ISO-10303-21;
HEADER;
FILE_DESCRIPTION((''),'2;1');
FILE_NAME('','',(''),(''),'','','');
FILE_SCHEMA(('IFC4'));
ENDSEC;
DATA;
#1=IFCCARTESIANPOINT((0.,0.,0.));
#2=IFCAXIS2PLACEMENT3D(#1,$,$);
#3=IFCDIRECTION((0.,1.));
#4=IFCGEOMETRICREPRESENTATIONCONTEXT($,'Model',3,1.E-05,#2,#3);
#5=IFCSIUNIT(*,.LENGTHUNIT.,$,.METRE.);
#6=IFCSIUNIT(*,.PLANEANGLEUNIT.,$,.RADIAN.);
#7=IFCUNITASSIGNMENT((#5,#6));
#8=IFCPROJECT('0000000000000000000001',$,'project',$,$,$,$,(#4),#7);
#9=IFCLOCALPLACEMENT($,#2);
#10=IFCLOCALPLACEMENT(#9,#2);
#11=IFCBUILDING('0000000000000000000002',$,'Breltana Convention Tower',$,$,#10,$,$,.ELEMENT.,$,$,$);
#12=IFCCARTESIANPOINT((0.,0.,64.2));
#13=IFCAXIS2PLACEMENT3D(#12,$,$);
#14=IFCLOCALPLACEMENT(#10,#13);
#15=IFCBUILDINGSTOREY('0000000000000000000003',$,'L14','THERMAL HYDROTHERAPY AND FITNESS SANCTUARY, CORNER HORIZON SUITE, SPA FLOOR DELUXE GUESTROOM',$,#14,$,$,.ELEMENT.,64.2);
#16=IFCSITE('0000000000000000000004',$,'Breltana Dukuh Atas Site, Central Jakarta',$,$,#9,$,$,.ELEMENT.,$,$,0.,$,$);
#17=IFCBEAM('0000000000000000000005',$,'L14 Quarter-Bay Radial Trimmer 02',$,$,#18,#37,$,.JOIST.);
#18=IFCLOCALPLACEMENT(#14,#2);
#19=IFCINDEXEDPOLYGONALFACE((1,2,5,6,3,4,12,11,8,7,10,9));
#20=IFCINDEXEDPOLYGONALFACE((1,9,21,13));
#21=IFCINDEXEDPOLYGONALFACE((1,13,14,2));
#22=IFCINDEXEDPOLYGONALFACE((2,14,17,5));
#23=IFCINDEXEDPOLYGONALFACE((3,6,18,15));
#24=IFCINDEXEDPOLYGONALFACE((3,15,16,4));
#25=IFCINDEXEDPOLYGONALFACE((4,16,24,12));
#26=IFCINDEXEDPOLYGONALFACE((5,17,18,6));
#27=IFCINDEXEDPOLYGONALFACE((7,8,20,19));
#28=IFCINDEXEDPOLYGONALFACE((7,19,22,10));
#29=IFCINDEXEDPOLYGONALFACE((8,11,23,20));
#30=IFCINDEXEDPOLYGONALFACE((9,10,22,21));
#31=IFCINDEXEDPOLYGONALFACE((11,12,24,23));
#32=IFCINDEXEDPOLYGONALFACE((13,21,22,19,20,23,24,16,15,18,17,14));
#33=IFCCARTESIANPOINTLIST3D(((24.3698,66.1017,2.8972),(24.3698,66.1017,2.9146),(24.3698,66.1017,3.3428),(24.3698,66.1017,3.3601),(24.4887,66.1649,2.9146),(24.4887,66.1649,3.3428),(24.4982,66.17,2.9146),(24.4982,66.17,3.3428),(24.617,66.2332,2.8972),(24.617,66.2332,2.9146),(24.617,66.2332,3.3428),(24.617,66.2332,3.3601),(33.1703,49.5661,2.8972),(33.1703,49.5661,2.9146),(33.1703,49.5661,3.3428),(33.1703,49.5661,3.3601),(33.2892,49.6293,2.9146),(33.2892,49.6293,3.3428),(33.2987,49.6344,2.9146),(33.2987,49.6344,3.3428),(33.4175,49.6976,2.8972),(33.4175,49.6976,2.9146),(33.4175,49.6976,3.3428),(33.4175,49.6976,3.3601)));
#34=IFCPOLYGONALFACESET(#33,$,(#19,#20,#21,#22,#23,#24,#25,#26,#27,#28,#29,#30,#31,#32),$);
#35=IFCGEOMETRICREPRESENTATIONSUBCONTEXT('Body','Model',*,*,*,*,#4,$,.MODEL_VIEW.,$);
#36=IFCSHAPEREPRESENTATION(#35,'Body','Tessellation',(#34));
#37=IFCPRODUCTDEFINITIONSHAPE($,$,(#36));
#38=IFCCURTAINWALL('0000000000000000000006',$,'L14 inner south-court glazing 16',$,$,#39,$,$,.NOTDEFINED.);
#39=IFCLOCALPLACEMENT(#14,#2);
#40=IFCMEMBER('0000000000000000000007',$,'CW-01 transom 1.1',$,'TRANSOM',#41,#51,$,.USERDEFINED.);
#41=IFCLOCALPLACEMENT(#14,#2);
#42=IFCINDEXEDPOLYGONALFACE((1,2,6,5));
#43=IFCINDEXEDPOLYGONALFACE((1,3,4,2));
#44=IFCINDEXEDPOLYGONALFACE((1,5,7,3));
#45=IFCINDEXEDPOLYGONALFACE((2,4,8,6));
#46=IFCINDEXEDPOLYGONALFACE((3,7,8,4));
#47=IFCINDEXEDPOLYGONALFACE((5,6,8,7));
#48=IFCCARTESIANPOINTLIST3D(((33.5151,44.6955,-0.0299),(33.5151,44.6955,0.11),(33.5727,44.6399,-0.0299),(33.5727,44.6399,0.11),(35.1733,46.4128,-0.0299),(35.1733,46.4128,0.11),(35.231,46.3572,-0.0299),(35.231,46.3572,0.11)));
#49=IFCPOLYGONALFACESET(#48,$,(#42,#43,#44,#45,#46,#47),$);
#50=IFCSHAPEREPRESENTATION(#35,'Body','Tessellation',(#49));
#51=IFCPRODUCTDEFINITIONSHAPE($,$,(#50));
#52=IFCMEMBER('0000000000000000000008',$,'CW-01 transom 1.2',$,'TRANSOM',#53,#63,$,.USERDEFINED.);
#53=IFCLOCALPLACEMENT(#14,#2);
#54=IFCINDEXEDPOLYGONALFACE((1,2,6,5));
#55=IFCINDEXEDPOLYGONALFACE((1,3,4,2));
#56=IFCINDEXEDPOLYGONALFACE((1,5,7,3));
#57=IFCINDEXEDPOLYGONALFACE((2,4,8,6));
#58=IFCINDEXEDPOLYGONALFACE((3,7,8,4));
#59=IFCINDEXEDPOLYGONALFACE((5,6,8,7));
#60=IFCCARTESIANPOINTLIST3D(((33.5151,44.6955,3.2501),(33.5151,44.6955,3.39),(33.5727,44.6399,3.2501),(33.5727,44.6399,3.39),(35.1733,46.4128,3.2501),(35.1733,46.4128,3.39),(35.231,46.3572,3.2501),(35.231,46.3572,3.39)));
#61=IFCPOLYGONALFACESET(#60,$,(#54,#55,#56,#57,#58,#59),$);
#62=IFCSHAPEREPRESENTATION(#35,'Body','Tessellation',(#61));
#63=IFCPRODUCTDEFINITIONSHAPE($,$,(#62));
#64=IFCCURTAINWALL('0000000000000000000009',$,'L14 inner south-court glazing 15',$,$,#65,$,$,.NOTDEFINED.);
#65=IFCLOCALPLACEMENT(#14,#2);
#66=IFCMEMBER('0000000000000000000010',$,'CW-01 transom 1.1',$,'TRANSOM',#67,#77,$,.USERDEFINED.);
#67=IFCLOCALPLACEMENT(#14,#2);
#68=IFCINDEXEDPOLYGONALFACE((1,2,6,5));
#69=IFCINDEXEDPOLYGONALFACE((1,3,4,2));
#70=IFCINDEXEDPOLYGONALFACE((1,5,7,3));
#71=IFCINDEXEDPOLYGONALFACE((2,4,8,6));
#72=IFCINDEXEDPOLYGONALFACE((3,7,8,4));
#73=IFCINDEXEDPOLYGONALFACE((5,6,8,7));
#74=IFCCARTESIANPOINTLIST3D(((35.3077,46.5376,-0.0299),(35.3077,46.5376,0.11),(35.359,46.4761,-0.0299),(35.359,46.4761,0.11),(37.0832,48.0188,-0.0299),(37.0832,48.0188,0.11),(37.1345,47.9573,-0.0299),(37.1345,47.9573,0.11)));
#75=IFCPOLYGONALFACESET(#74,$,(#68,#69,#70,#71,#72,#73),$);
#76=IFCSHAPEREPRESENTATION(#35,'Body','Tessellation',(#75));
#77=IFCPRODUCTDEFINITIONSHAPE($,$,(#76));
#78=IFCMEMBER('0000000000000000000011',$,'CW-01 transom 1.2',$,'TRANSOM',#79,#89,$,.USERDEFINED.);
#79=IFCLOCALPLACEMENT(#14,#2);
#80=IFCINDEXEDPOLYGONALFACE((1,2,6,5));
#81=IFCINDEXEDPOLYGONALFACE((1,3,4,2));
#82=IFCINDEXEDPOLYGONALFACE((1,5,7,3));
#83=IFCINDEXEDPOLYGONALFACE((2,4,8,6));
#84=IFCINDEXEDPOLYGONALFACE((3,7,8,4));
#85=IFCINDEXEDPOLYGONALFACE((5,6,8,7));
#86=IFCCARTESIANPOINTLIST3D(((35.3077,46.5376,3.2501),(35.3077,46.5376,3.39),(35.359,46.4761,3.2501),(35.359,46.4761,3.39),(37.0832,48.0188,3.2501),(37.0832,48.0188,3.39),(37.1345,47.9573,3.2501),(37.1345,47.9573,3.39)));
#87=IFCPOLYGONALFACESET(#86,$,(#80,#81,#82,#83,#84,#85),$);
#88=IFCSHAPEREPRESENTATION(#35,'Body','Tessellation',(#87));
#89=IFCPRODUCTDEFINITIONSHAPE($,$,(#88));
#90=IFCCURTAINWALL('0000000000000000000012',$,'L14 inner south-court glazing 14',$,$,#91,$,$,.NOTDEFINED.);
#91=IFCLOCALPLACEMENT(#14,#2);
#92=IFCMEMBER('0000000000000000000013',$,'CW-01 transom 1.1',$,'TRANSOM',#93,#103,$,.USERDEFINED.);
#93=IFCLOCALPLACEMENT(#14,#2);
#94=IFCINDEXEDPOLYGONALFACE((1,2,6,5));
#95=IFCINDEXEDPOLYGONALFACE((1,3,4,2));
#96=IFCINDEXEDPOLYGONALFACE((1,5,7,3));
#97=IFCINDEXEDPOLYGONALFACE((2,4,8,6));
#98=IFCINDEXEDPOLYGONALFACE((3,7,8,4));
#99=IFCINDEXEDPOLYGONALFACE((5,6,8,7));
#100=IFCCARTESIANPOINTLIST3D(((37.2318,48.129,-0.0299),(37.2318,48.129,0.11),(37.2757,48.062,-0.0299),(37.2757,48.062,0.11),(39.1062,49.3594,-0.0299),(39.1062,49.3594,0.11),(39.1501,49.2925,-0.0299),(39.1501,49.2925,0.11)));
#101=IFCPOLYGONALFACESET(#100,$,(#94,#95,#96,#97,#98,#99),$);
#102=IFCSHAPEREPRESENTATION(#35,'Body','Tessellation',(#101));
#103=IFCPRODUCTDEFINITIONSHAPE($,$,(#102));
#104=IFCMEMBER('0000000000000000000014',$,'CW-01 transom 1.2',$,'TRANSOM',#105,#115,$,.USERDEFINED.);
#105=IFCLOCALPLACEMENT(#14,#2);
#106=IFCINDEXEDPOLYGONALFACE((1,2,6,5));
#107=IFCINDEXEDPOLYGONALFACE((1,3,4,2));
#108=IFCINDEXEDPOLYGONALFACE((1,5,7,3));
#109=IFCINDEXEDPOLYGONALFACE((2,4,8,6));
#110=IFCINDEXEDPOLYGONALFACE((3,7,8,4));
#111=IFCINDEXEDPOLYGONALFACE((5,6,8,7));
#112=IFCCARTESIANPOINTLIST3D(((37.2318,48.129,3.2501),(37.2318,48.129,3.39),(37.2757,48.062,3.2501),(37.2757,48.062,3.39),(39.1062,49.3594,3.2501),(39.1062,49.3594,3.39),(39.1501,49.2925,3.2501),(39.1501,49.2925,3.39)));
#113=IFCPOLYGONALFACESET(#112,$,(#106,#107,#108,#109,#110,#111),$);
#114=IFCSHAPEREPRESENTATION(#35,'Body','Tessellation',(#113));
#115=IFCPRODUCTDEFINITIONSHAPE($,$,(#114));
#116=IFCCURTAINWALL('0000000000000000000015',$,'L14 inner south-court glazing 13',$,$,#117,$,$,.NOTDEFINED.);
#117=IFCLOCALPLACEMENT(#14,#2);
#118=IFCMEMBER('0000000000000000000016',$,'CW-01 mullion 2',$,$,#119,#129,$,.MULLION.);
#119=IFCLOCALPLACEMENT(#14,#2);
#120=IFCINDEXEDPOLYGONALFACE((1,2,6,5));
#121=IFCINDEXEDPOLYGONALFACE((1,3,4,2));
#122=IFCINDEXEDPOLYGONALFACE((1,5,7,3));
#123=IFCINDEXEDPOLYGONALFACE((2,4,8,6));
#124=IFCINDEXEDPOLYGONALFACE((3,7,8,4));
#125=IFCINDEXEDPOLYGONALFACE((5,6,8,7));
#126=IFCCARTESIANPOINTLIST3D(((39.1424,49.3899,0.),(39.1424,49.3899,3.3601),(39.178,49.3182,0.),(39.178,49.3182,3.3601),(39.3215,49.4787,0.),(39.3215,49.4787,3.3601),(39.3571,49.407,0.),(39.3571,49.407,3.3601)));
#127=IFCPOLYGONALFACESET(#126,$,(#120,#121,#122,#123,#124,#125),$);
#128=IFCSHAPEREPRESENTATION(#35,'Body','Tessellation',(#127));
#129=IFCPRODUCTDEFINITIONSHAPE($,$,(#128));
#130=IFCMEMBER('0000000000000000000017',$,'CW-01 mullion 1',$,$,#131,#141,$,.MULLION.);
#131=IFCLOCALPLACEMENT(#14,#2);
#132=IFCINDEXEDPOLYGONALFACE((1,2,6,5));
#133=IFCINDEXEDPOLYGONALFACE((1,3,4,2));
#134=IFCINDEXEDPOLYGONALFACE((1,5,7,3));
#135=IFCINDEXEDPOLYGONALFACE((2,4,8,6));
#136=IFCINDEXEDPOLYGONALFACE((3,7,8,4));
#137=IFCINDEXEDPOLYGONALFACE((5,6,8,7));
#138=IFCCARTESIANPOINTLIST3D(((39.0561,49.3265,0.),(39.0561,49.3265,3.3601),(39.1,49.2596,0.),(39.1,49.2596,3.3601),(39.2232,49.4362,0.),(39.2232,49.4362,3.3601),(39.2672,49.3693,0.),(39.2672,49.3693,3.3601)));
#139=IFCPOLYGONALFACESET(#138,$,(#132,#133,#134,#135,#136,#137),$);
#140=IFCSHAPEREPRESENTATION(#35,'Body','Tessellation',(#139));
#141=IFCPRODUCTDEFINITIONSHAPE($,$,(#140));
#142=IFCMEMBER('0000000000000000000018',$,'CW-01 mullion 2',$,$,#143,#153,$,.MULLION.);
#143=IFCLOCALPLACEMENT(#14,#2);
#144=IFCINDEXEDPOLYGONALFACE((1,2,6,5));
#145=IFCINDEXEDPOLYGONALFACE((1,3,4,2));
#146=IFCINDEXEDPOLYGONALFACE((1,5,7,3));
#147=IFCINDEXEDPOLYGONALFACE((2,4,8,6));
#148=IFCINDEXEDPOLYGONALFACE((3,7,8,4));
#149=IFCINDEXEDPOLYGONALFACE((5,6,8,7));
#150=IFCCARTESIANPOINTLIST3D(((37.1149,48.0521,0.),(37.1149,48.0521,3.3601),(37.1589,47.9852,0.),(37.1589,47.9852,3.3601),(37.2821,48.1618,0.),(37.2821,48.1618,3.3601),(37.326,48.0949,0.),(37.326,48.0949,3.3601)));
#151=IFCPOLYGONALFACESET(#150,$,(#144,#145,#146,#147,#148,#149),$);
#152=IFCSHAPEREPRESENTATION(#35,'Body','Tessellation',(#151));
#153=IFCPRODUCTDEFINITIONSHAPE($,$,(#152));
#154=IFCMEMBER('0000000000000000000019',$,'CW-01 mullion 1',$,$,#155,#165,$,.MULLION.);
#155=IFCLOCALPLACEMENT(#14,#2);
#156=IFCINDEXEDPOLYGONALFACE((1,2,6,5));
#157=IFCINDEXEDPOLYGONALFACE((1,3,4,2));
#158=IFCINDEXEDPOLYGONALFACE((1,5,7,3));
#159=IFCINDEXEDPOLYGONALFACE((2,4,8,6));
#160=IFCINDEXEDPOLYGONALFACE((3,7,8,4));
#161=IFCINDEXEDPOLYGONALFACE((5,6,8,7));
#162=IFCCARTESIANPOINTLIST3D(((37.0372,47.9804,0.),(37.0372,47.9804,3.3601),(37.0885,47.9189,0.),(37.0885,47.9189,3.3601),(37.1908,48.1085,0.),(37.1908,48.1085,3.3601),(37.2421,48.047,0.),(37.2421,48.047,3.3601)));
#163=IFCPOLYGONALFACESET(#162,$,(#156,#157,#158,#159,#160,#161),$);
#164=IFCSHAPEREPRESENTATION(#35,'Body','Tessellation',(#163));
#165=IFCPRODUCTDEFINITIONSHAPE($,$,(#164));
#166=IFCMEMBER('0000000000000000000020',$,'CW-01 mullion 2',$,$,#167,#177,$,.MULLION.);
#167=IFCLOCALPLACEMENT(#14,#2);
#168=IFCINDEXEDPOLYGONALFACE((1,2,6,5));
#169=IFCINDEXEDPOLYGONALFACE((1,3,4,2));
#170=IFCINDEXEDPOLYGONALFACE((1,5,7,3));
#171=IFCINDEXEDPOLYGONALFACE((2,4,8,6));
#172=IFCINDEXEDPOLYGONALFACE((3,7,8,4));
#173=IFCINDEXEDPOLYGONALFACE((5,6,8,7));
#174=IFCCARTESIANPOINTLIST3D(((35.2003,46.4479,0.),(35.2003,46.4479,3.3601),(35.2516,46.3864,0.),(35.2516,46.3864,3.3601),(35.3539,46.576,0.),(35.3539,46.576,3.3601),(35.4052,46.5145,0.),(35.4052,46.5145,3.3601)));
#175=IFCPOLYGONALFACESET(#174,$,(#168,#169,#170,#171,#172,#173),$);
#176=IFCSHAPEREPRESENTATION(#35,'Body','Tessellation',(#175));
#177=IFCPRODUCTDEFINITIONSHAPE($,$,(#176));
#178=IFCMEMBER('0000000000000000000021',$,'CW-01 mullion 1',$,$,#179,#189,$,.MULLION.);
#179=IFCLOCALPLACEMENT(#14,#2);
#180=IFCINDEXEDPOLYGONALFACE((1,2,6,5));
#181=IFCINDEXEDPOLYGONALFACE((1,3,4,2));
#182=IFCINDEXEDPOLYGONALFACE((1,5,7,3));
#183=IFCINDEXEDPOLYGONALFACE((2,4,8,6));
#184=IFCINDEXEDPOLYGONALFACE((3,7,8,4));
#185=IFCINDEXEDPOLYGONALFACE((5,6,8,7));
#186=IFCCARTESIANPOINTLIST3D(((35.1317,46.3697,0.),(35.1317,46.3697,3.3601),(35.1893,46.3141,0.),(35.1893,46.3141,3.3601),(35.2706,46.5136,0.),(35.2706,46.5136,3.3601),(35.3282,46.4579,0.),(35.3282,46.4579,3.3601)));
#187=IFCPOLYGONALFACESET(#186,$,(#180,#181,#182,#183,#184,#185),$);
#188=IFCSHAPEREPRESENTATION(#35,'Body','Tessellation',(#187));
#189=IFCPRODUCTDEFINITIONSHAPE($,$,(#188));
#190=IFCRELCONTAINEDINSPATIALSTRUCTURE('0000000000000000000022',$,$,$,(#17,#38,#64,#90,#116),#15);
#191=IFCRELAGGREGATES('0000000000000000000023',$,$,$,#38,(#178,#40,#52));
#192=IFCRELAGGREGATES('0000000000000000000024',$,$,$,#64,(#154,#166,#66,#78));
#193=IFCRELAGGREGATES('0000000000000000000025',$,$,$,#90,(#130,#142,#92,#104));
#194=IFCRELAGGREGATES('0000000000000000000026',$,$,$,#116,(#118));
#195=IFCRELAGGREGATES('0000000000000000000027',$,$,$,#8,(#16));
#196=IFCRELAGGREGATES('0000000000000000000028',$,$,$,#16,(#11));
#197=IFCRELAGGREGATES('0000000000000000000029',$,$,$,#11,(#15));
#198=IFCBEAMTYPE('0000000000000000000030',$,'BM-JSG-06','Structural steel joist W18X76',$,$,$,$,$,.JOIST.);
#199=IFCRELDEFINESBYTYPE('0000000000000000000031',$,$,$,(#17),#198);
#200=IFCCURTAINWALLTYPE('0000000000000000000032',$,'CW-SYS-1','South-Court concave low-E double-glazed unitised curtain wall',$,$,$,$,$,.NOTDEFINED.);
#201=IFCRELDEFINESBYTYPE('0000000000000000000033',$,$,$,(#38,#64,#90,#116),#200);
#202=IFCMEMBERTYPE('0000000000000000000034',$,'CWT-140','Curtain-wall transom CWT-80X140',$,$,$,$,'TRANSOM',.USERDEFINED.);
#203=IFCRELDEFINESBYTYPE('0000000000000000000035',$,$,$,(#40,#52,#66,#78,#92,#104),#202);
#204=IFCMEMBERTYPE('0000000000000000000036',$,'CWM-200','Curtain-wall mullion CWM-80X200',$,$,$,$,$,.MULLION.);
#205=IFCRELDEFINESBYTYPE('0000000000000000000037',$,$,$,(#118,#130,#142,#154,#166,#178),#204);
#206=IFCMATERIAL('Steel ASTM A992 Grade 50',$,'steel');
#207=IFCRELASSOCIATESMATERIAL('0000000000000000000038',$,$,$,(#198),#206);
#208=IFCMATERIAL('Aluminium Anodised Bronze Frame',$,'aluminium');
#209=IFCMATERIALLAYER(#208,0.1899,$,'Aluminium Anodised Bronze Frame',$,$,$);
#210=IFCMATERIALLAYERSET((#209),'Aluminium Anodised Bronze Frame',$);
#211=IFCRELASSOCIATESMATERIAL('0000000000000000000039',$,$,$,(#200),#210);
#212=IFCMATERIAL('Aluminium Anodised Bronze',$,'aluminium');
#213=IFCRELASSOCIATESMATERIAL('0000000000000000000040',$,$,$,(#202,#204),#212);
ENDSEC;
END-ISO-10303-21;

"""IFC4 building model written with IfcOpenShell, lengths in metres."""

from ifc_helpers import new_model, si_unit, direction, frame, origin, origin_2d, place, context, subcontext, project, spatial, rectangle, i_section, extrude, source, transform, mapped, material, layer, layer_set, material_profile, profile_set, type_object, type_shapes, element, aggregate, save


model = new_model("IFC4")

# Units and contexts
model_context = context("Model", 3, precision=1e-05, world=origin(), true_north=direction((0.0, 1.0)))
body_context = subcontext(model_context, "Body", "Model", "MODEL_VIEW")
ifc_project = project(units=[si_unit("LENGTHUNIT", "METRE"), si_unit("PLANEANGLEUNIT", "RADIAN")], contexts=[model_context])

# Site, building, storey
site_placement = place(None, origin())
site = spatial("IfcSite", under=ifc_project, at=site_placement, Name="Breltana Dukuh Atas Site, Central Jakarta", CompositionType="ELEMENT", RefElevation=0.0)
building_placement = place(site_placement, origin())
building = spatial("IfcBuilding", under=site, at=building_placement, Name="Breltana Convention Tower", CompositionType="ELEMENT")
storey_placement = place(building_placement, frame((0.0, 0.0, 64.2)))
storey = spatial("IfcBuildingStorey", under=building, at=storey_placement, Name="L14", Description="THERMAL HYDROTHERAPY AND FITNESS SANCTUARY, CORNER HORIZON SUITE, SPA FLOOR DELUXE GUESTROOM", CompositionType="ELEMENT", Elevation=64.2)

# Beam
ifc_material_1 = material(Name="Steel ASTM A992 Grade 50", Category="steel")
ifc_material_profile_1 = material_profile(ifc_material_1, i_section(OverallWidth=0.28, OverallDepth=0.4629, WebThickness=0.0107, FlangeThickness=0.0173, at=origin_2d()), Name="W18X76")
ifc_profile_set_1 = profile_set([ifc_material_profile_1], Name="Steel ASTM A992 Grade 50")
beam_type_1 = type_object("IfcBeamType", Name="BM-JSG-06", Description="Structural steel joist W18X76", PredefinedType="JOIST", material=ifc_profile_set_1)
shared_shape_1 = source(origin(), body_context, "Body", "SweptSolid", [
    extrude(i_section(OverallWidth=0.28, OverallDepth=0.4629, WebThickness=0.0107, FlangeThickness=0.0173, at=origin_2d()), origin(), (0.0, 0.0, 1.0), 18.7317),
])
beam_1_placement = place(storey_placement, frame((33.2939, 49.6318, 3.1287), z_axis=(-0.46982, 0.882762, 0.0), x_axis=(-0.882762, -0.46982, 0.0)))
element("IfcBeam", 1, at=beam_1_placement, inside=storey, type_object=beam_type_1, Name="L14 Quarter-Bay Radial Trimmer 02", PredefinedType="JOIST", context=body_context, shape_type="MappedRepresentation", body=[
    mapped(shared_shape_1, transform((0.0, 0.0, 0.0), scale=1.0)),
])

# Curtain walls, members
ifc_material_2 = material(Name="Aluminium Anodised Bronze Frame", Category="aluminium")
ifc_layer_1 = layer(ifc_material_2, 0.1899, Name="Aluminium Anodised Bronze Frame")
ifc_layer_set_1 = layer_set([ifc_layer_1], Name="Aluminium Anodised Bronze Frame")
curtain_wall_type = type_object("IfcCurtainWallType", Name="CW-SYS-1", Description="South-Court concave low-E double-glazed unitised curtain wall", PredefinedType="NOTDEFINED", material=ifc_layer_set_1)
curtain_wall_1_placement = place(storey_placement, origin())
curtain_wall_1 = element("IfcCurtainWall", 2, at=curtain_wall_1_placement, inside=storey, type_object=curtain_wall_type, Name="L14 inner south-court glazing 16", PredefinedType="NOTDEFINED")
ifc_material_3 = material(Name="Aluminium Anodised Bronze", Category="aluminium")
ifc_material_profile_2 = material_profile(ifc_material_3, rectangle(XDim=0.0801, YDim=0.1399, at=origin_2d()), Name="CWT-80X140")
ifc_profile_set_2 = profile_set([ifc_material_profile_2], Name="Aluminium Anodised Bronze")
member_type_1 = type_object("IfcMemberType", Name="CWT-140", Description="Curtain-wall transom CWT-80X140", ElementType="TRANSOM", PredefinedType="USERDEFINED", material=ifc_profile_set_2)
shared_shape_2 = source(origin(), body_context, "Body", "SweptSolid", [
    extrude(rectangle(XDim=0.0801, YDim=0.1399, at=origin_2d()), origin(), (0.0, 0.0, 1.0), 2.3872),
])
type_shapes(member_type_1, [shared_shape_2])
member_1_placement = place(storey_placement, frame((35.2021, 46.385, 0.04), z_axis=(-0.694624, -0.719373, 0.0), x_axis=(0.719373, -0.694624, 0.0)))
member_1 = element("IfcMember", 3, at=member_1_placement, type_object=member_type_1, Name="CW-01 transom 1.1", ObjectType="TRANSOM", PredefinedType="USERDEFINED", context=body_context, shape_type="MappedRepresentation", body=[
    mapped(shared_shape_2, transform((0.0, 0.0, 0.0), scale=1.0)),
])
member_2_placement = place(storey_placement, frame((35.2021, 46.385, 3.3201), z_axis=(-0.694624, -0.719373, 0.0), x_axis=(0.719373, -0.694624, 0.0)))
member_2 = element("IfcMember", 4, at=member_2_placement, type_object=member_type_1, Name="CW-01 transom 1.2", ObjectType="TRANSOM", PredefinedType="USERDEFINED", context=body_context, shape_type="MappedRepresentation", body=[
    mapped(shared_shape_2, transform((0.0, 0.0, 0.0), scale=1.0)),
])
curtain_wall_2_placement = place(storey_placement, origin())
curtain_wall_2 = element("IfcCurtainWall", 5, at=curtain_wall_2_placement, inside=storey, type_object=curtain_wall_type, Name="L14 inner south-court glazing 15", PredefinedType="NOTDEFINED")
shared_shape_3 = source(origin(), body_context, "Body", "SweptSolid", [
    extrude(rectangle(XDim=0.0801, YDim=0.1399, at=origin_2d()), origin(), (0.0, 0.0, 1.0), 2.3123),
])
member_3_placement = place(storey_placement, frame((37.1089, 47.988, 0.04), z_axis=(-0.767901, -0.640569, 0.0), x_axis=(0.640569, -0.767901, 0.0)))
member_3 = element("IfcMember", 6, at=member_3_placement, type_object=member_type_1, Name="CW-01 transom 1.1", ObjectType="TRANSOM", PredefinedType="USERDEFINED", context=body_context, shape_type="MappedRepresentation", body=[
    mapped(shared_shape_3, transform((0.0, 0.0, 0.0), scale=1.0)),
])
member_4_placement = place(storey_placement, frame((37.1089, 47.988, 3.3201), z_axis=(-0.767901, -0.640569, 0.0), x_axis=(0.640569, -0.767901, 0.0)))
member_4 = element("IfcMember", 7, at=member_4_placement, type_object=member_type_1, Name="CW-01 transom 1.2", ObjectType="TRANSOM", PredefinedType="USERDEFINED", context=body_context, shape_type="MappedRepresentation", body=[
    mapped(shared_shape_3, transform((0.0, 0.0, 0.0), scale=1.0)),
])
curtain_wall_3_placement = place(storey_placement, origin())
curtain_wall_3 = element("IfcCurtainWall", 8, at=curtain_wall_3_placement, inside=storey, type_object=curtain_wall_type, Name="L14 inner south-court glazing 14", PredefinedType="NOTDEFINED")
shared_shape_4 = source(origin(), body_context, "Body", "SweptSolid", [
    extrude(rectangle(XDim=0.0801, YDim=0.1399, at=origin_2d()), origin(), (0.0, 0.0, 1.0), 2.2422),
])
member_5_placement = place(storey_placement, frame((39.1282, 49.3259, 0.04), z_axis=(-0.835982, -0.548756, 0.0), x_axis=(0.548756, -0.835982, 0.0)))
member_5 = element("IfcMember", 9, at=member_5_placement, type_object=member_type_1, Name="CW-01 transom 1.1", ObjectType="TRANSOM", PredefinedType="USERDEFINED", context=body_context, shape_type="MappedRepresentation", body=[
    mapped(shared_shape_4, transform((0.0, 0.0, 0.0), scale=1.0)),
])
member_6_placement = place(storey_placement, frame((39.1282, 49.3259, 3.3201), z_axis=(-0.835982, -0.548756, 0.0), x_axis=(0.548756, -0.835982, 0.0)))
member_6 = element("IfcMember", 10, at=member_6_placement, type_object=member_type_1, Name="CW-01 transom 1.2", ObjectType="TRANSOM", PredefinedType="USERDEFINED", context=body_context, shape_type="MappedRepresentation", body=[
    mapped(shared_shape_4, transform((0.0, 0.0, 0.0), scale=1.0)),
])

# Curtain wall, member
curtain_wall_4_placement = place(storey_placement, origin())
curtain_wall_4 = element("IfcCurtainWall", 11, at=curtain_wall_4_placement, inside=storey, type_object=curtain_wall_type, Name="L14 inner south-court glazing 13", PredefinedType="NOTDEFINED")
ifc_material_profile_3 = material_profile(ifc_material_3, rectangle(XDim=0.0801, YDim=0.2, at=origin_2d()), Name="CWM-80X200")
ifc_profile_set_3 = profile_set([ifc_material_profile_3], Name="Aluminium Anodised Bronze")
member_type_2 = type_object("IfcMemberType", Name="CWM-200", Description="Curtain-wall mullion CWM-80X200", PredefinedType="MULLION", material=ifc_profile_set_3)
shared_shape_5 = source(origin(), body_context, "Body", "SweptSolid", [
    extrude(rectangle(XDim=0.0801, YDim=0.2, at=origin_2d()), origin(), (0.0, 0.0, 1.0), 3.3601),
])
member_7_placement = place(storey_placement, frame((39.2498, 49.3984, 0.0), z_axis=(0.0, 0.0, 1.0), x_axis=(0.444118, -0.895968, 0.0)))
member_7 = element("IfcMember", 12, at=member_7_placement, type_object=member_type_2, Name="CW-01 mullion 2", PredefinedType="MULLION", context=body_context, shape_type="MappedRepresentation", body=[
    mapped(shared_shape_5, transform((0.0, 0.0, 0.0), scale=1.0)),
])

# Members
member_8_placement = place(storey_placement, frame((39.1616, 49.3479, 0.0), z_axis=(0.0, 0.0, 1.0), x_axis=(0.548778, -0.835968, 0.0)))
member_8 = element("IfcMember", 13, at=member_8_placement, type_object=member_type_2, Name="CW-01 mullion 1", PredefinedType="MULLION", context=body_context, shape_type="MappedRepresentation", body=[
    mapped(shared_shape_5, transform((0.0, 0.0, 0.0), scale=1.0)),
])
member_9_placement = place(storey_placement, frame((37.2205, 48.0735, 0.0), z_axis=(0.0, 0.0, 1.0), x_axis=(0.548778, -0.835968, 0.0)))
member_9 = element("IfcMember", 14, at=member_9_placement, type_object=member_type_2, Name="CW-01 mullion 2", PredefinedType="MULLION", context=body_context, shape_type="MappedRepresentation", body=[
    mapped(shared_shape_5, transform((0.0, 0.0, 0.0), scale=1.0)),
])
member_10_placement = place(storey_placement, frame((37.1396, 48.0137, 0.0), z_axis=(0.0, 0.0, 1.0), x_axis=(0.640523, -0.767939, 0.0)))
member_10 = element("IfcMember", 15, at=member_10_placement, type_object=member_type_2, Name="CW-01 mullion 1", PredefinedType="MULLION", context=body_context, shape_type="MappedRepresentation", body=[
    mapped(shared_shape_5, transform((0.0, 0.0, 0.0), scale=1.0)),
])
member_11_placement = place(storey_placement, frame((35.3027, 46.4812, 0.0), z_axis=(0.0, 0.0, 1.0), x_axis=(0.640523, -0.767939, 0.0)))
member_11 = element("IfcMember", 16, at=member_11_placement, type_object=member_type_2, Name="CW-01 mullion 2", PredefinedType="MULLION", context=body_context, shape_type="MappedRepresentation", body=[
    mapped(shared_shape_5, transform((0.0, 0.0, 0.0), scale=1.0)),
])
member_12_placement = place(storey_placement, frame((35.23, 46.4138, 0.0), z_axis=(0.0, 0.0, 1.0), x_axis=(0.719385, -0.694612, 0.0)))
member_12 = element("IfcMember", 17, at=member_12_placement, type_object=member_type_2, Name="CW-01 mullion 1", PredefinedType="MULLION", context=body_context, shape_type="MappedRepresentation", body=[
    mapped(shared_shape_5, transform((0.0, 0.0, 0.0), scale=1.0)),
])
aggregate(curtain_wall_1, [member_12, member_1, member_2])

aggregate(curtain_wall_2, [member_10, member_11, member_3, member_4])
aggregate(curtain_wall_3, [member_8, member_9, member_5, member_6])
aggregate(curtain_wall_4, [member_7])

save(model, "model.ifc")
